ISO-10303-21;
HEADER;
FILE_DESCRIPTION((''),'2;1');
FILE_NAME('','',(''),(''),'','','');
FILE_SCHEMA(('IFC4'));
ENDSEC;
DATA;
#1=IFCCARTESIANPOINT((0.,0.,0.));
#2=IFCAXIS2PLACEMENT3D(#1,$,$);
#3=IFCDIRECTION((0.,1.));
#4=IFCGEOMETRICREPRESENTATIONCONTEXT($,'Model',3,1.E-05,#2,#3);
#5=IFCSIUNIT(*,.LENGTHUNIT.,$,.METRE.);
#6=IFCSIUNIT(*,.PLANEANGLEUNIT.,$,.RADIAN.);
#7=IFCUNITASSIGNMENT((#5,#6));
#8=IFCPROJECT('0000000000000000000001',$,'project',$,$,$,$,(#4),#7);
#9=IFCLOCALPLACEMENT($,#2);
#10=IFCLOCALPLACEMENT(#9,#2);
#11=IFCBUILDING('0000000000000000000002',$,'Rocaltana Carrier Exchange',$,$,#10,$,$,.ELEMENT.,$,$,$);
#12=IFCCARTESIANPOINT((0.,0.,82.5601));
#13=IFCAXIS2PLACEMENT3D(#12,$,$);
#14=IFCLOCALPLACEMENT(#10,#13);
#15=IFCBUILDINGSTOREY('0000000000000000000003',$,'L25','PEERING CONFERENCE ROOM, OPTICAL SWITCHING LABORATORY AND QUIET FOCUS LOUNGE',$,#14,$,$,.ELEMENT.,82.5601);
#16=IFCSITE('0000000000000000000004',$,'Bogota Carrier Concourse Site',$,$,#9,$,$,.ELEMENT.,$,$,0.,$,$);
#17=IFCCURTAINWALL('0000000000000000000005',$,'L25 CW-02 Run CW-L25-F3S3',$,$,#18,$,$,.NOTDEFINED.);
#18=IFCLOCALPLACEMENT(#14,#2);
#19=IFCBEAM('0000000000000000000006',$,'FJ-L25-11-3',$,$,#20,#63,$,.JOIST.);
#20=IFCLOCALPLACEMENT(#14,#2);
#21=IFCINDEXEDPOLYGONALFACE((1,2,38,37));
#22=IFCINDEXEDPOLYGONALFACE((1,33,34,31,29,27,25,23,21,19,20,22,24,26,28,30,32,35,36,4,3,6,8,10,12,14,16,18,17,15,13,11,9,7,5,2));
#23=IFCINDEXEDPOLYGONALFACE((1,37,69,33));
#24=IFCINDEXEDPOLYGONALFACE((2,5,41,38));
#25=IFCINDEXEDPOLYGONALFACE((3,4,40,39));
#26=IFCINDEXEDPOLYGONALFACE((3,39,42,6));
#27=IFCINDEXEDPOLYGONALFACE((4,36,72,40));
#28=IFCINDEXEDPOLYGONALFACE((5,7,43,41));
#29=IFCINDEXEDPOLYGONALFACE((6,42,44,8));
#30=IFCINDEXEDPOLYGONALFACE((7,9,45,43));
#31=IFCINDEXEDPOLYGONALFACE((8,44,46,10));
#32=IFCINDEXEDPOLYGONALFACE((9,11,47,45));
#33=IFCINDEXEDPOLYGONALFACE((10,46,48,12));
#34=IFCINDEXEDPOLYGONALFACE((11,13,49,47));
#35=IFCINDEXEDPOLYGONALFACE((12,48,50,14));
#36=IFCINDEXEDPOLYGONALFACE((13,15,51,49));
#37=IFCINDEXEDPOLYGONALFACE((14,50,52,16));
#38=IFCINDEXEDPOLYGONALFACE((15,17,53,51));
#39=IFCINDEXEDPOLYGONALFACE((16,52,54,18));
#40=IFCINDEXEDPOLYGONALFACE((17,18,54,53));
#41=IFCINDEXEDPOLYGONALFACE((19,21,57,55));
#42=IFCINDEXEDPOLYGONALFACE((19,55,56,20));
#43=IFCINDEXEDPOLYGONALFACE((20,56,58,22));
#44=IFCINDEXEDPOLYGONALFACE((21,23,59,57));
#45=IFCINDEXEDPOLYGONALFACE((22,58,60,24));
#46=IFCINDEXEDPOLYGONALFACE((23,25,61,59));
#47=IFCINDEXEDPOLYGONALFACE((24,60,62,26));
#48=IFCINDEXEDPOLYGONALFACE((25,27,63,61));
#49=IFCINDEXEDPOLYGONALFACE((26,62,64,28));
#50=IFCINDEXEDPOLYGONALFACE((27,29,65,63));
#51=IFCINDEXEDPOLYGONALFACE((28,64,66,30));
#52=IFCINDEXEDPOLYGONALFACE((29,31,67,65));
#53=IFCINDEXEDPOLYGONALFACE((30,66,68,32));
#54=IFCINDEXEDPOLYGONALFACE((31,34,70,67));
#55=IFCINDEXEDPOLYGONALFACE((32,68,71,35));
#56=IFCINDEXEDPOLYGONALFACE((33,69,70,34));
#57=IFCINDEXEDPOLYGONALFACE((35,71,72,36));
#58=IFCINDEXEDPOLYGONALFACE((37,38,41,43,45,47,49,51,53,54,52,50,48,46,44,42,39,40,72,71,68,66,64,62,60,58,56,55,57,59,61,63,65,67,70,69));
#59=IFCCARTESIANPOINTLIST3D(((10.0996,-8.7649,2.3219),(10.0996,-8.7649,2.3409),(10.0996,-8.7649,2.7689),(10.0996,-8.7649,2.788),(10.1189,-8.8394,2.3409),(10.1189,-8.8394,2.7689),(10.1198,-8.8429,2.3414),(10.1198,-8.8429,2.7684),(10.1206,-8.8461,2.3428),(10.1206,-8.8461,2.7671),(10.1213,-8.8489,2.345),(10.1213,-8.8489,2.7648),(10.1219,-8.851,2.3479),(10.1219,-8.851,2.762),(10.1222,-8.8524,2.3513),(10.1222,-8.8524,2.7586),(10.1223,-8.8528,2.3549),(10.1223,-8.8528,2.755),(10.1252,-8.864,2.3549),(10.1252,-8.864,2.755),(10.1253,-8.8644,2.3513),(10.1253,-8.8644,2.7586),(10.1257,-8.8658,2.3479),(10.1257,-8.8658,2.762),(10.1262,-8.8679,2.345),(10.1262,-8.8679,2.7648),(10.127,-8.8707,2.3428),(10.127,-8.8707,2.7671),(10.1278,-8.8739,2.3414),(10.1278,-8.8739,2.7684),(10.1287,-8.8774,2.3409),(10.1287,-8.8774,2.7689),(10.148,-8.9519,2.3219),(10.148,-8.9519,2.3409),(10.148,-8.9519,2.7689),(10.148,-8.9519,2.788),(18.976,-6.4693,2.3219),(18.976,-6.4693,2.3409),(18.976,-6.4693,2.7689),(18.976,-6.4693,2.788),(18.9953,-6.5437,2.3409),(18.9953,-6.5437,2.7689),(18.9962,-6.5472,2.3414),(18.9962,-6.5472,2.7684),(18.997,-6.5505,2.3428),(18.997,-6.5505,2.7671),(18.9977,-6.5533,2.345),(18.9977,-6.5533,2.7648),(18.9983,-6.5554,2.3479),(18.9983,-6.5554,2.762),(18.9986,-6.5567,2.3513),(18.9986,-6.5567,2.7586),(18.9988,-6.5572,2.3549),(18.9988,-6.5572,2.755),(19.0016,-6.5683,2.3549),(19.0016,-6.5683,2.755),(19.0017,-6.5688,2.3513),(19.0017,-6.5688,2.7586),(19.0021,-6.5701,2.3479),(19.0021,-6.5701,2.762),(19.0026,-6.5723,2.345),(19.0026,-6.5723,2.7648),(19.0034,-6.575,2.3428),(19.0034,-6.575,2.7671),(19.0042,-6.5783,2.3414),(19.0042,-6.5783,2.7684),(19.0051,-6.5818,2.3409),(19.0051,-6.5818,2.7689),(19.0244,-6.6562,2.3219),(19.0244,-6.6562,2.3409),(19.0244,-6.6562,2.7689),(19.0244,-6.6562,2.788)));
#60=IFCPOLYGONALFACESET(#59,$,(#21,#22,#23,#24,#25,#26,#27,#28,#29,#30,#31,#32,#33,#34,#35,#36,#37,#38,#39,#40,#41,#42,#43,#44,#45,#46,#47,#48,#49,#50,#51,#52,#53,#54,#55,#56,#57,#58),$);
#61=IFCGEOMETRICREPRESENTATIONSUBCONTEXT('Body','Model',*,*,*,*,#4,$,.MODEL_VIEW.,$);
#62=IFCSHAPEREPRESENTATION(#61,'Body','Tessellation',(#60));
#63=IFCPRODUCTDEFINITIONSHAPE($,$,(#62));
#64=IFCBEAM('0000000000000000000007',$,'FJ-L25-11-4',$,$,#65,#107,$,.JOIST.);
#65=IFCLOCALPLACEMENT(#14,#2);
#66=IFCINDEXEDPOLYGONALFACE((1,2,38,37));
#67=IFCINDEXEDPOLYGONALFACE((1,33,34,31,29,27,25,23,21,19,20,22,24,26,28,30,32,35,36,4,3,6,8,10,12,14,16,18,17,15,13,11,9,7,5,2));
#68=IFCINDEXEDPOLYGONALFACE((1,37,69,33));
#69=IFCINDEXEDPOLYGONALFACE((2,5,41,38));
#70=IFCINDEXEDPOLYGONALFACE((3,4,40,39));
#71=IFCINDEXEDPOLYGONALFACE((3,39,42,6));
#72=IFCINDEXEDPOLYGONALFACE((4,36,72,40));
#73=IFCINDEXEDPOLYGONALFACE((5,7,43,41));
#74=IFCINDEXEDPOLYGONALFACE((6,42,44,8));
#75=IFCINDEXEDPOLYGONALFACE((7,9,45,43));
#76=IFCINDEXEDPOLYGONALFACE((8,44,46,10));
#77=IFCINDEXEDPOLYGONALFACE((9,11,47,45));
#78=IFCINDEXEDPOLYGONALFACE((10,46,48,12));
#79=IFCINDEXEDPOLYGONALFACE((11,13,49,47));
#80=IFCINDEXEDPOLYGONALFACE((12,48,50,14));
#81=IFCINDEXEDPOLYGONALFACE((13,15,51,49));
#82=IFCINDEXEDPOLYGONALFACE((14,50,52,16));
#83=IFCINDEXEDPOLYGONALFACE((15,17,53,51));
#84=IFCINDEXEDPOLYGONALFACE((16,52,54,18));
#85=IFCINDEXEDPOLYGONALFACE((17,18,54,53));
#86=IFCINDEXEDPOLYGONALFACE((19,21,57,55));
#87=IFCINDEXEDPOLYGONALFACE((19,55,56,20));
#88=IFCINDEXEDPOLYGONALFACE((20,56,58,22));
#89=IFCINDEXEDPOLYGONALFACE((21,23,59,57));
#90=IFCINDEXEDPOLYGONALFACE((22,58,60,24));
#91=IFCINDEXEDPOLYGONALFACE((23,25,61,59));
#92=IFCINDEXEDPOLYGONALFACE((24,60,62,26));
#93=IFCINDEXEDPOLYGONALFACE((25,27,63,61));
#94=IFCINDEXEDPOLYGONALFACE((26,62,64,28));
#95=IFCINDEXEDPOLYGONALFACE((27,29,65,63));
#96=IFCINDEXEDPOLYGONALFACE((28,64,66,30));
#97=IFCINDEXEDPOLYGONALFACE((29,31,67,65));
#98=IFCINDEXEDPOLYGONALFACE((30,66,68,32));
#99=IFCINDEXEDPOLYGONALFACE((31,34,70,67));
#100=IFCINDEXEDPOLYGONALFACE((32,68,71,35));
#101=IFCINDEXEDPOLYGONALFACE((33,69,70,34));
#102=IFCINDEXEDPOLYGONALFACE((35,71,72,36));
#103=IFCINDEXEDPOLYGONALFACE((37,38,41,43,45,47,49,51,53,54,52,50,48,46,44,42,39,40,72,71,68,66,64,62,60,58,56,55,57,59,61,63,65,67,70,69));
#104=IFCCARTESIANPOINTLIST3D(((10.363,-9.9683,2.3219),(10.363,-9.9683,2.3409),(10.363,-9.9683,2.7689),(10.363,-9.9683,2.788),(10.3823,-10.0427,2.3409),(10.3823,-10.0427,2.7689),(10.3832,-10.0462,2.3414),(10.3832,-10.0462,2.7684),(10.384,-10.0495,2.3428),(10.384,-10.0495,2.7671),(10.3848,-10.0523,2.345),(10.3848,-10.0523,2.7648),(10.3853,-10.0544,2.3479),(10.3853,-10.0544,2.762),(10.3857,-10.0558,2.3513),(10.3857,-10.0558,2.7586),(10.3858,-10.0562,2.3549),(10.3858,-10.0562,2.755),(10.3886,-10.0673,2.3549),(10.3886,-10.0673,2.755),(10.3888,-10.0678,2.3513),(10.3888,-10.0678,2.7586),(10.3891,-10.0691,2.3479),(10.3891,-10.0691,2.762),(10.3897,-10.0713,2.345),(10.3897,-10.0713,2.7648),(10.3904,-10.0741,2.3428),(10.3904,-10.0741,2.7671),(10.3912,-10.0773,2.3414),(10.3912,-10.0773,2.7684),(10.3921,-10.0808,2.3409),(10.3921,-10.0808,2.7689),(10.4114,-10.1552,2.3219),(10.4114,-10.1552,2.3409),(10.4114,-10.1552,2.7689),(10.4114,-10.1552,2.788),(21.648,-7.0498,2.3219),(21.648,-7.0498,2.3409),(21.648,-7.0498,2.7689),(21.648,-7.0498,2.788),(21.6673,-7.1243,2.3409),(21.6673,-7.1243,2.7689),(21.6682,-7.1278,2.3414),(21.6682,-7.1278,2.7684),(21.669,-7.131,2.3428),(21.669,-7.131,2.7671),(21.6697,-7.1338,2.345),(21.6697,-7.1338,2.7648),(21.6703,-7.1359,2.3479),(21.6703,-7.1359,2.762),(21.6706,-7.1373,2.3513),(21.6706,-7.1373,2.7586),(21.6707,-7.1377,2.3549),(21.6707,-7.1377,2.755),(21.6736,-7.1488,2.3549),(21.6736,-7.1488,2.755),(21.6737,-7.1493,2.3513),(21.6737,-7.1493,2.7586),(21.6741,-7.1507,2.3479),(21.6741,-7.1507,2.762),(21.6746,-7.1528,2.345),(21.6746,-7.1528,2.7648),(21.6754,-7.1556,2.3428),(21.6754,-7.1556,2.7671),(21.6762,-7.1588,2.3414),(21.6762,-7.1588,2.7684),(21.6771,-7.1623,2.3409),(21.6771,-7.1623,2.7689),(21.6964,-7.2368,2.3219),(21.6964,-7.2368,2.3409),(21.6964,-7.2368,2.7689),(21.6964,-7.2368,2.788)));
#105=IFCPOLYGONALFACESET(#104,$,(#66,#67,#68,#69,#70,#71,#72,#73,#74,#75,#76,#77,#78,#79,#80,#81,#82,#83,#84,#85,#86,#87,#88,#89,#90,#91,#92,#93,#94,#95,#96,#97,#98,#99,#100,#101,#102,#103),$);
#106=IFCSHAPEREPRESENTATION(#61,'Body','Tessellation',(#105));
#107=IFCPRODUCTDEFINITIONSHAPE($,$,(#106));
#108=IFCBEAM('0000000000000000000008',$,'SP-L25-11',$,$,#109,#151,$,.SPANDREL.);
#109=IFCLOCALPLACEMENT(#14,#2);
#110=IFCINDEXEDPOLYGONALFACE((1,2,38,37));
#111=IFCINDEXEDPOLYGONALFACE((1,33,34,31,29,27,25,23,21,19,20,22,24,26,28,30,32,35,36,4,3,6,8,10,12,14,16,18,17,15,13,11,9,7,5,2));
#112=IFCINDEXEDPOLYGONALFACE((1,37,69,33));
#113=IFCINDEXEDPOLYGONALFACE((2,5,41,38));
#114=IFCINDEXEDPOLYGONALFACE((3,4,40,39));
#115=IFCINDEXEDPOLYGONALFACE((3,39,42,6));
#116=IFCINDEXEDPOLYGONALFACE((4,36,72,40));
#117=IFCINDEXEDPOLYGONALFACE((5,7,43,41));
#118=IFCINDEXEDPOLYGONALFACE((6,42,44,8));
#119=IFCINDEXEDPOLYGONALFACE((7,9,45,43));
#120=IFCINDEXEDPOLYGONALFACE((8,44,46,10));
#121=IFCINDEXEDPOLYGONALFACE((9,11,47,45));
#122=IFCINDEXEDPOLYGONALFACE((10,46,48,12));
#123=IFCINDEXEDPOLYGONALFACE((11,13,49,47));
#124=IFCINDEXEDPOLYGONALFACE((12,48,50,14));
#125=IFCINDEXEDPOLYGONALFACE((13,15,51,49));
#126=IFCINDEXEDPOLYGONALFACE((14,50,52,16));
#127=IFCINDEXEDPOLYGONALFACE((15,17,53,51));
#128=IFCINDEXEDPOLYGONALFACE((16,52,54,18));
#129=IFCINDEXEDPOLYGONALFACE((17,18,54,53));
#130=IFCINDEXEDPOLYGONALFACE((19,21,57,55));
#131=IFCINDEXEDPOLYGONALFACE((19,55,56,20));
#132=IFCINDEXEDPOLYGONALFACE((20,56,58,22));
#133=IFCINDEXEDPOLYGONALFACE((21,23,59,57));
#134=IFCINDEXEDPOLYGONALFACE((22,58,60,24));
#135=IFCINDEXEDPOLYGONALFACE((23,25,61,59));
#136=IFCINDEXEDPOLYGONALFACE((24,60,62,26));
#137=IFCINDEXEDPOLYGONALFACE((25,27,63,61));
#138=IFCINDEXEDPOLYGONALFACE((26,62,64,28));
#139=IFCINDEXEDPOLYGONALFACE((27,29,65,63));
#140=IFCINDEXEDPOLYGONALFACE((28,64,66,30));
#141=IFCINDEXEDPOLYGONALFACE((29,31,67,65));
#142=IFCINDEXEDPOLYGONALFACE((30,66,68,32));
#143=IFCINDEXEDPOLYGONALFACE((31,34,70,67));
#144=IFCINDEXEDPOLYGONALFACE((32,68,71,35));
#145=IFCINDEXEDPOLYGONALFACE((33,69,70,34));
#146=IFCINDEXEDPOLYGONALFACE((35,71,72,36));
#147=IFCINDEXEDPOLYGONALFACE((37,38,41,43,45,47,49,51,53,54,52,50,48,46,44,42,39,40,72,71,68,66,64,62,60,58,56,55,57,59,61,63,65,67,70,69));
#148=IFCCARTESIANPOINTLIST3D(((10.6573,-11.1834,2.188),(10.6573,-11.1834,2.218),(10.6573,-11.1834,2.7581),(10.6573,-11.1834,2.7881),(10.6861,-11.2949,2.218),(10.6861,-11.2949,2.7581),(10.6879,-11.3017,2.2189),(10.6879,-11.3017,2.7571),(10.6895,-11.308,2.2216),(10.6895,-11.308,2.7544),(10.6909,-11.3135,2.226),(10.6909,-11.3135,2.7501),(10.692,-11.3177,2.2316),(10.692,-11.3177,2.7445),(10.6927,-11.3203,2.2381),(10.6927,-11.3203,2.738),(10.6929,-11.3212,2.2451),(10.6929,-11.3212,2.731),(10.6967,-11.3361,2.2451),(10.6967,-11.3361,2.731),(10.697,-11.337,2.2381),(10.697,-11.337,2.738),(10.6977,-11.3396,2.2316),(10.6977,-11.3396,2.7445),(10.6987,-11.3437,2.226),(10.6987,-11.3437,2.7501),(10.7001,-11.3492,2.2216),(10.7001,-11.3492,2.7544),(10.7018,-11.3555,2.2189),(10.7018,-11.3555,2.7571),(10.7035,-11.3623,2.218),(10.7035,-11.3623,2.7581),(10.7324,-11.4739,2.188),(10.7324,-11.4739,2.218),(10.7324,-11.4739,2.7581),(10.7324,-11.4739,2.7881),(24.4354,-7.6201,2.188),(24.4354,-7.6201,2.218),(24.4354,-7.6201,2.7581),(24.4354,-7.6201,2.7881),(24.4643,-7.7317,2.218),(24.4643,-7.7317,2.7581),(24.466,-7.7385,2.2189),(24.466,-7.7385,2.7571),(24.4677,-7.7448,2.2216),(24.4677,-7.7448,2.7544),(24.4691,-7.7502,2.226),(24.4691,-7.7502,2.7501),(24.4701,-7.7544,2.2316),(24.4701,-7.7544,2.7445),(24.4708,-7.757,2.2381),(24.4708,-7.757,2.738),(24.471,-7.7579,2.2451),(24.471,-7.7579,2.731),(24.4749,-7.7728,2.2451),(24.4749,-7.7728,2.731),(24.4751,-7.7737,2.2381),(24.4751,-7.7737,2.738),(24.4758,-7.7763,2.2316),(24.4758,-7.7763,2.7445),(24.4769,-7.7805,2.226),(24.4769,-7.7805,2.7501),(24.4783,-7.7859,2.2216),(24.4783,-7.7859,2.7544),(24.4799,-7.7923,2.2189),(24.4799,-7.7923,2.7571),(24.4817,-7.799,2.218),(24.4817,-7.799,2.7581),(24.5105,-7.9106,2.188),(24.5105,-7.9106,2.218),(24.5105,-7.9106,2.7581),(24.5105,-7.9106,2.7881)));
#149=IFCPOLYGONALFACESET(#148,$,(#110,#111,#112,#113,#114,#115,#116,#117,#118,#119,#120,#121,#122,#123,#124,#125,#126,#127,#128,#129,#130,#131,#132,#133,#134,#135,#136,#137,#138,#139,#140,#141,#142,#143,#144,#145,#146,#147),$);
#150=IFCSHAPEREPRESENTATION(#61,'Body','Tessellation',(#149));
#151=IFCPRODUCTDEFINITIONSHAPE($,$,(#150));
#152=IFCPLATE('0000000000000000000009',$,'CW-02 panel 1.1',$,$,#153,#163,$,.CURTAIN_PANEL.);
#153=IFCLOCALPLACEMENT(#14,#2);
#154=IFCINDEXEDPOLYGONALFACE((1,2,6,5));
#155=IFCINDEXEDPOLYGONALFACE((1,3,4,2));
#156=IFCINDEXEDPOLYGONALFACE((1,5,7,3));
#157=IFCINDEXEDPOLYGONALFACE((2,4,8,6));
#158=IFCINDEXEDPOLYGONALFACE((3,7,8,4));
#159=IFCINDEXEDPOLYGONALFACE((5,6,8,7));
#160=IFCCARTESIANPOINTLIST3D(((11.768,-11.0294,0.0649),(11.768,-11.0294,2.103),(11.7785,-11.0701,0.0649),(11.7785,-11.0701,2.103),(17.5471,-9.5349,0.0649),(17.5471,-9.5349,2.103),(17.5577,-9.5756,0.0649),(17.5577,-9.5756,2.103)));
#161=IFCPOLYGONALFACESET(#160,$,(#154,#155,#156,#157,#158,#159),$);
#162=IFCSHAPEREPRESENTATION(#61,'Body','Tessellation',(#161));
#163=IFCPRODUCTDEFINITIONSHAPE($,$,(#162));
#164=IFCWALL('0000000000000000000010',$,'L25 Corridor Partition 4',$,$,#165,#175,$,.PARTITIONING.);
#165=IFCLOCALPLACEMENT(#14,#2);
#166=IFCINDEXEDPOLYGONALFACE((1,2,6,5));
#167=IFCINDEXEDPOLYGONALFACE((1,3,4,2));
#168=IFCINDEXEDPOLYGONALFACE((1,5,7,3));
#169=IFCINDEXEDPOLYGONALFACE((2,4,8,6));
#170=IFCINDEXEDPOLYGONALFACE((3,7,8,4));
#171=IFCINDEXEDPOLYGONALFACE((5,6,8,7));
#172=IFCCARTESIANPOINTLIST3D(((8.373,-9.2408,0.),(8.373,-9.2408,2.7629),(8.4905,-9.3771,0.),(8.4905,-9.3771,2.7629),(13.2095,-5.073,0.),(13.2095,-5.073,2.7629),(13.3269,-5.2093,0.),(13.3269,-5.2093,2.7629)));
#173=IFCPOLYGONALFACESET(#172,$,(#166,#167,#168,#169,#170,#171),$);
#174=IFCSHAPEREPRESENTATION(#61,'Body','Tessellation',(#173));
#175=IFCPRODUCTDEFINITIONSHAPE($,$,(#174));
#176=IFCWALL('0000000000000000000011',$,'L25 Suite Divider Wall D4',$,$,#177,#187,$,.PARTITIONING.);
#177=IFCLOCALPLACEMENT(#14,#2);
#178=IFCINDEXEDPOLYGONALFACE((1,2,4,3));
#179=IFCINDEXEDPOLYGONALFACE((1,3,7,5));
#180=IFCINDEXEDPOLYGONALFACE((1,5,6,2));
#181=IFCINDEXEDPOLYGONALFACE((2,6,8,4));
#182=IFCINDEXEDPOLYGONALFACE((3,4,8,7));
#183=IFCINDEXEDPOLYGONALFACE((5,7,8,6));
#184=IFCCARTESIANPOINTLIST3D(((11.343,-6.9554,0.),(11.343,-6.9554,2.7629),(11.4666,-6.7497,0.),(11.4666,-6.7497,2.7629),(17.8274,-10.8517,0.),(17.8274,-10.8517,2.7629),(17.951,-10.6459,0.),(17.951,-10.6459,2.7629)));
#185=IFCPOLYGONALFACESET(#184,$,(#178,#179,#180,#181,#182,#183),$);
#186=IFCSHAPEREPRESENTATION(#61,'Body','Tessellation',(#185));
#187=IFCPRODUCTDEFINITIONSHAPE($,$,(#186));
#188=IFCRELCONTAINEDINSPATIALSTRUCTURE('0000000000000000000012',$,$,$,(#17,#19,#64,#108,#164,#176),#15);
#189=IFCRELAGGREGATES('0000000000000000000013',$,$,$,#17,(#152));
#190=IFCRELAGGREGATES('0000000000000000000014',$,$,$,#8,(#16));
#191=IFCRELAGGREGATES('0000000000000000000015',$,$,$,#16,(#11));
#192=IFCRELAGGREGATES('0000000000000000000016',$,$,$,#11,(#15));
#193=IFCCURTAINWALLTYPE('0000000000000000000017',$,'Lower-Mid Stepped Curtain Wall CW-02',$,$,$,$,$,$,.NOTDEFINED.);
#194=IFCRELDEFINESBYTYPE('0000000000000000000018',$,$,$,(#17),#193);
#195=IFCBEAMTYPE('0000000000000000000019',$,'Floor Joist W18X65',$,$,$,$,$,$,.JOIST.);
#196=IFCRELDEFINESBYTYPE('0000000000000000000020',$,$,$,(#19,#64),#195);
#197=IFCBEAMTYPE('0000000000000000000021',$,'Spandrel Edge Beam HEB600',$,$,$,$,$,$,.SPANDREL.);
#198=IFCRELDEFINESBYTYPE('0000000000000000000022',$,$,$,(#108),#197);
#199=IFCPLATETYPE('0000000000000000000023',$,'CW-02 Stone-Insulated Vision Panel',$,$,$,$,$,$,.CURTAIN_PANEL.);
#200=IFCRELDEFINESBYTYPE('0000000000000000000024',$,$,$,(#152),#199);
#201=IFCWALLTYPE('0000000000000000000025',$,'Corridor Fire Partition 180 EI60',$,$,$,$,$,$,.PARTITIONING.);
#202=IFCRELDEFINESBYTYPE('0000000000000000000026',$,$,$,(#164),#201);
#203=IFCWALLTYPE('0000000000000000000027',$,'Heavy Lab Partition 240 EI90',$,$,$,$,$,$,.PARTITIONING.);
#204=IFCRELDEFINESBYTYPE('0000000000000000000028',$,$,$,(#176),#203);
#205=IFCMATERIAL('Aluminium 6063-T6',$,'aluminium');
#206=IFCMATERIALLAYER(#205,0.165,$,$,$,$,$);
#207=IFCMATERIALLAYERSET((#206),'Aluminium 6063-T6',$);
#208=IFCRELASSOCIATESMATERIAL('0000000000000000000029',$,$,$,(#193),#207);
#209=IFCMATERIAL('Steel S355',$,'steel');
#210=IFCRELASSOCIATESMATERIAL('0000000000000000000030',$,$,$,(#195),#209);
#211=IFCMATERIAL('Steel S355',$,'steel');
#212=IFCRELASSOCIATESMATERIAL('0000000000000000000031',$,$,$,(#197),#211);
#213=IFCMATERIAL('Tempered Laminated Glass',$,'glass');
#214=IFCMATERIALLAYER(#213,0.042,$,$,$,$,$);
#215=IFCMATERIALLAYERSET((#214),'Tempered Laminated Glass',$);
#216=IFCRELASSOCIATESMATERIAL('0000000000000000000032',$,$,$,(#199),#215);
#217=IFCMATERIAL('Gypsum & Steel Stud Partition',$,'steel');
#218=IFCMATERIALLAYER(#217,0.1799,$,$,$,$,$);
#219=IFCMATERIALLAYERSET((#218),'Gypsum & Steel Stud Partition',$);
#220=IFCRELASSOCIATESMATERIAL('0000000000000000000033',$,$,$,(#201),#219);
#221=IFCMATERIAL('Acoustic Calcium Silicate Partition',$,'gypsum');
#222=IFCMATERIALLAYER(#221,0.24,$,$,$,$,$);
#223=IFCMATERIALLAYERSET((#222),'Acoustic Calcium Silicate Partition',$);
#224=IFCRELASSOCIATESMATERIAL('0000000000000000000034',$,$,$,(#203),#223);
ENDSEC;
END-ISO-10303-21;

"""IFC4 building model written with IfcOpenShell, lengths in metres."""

from ifc_helpers import new_model, si_unit, direction, frame, frame_2d, origin, origin_2d, place, context, subcontext, project, spatial, rectangle, i_section, extrude, material, layer, layer_set, material_profile, profile_set, type_object, element, aggregate, save


model = new_model("IFC4")

# Units and contexts
model_context = context("Model", 3, precision=1e-05, world=origin(), true_north=direction((0.0, 1.0)))
body_context = subcontext(model_context, "Body", "Model", "MODEL_VIEW")
ifc_project = project(units=[si_unit("LENGTHUNIT", "METRE"), si_unit("PLANEANGLEUNIT", "RADIAN")], contexts=[model_context])

# Site, building, storey
site_placement = place(None, origin())
site = spatial("IfcSite", under=ifc_project, at=site_placement, Name="Bogota Carrier Concourse Site", CompositionType="ELEMENT", RefElevation=0.0)
building_placement = place(site_placement, origin())
building = spatial("IfcBuilding", under=site, at=building_placement, Name="Rocaltana Carrier Exchange", CompositionType="ELEMENT")
storey_placement = place(building_placement, frame((0.0, 0.0, 82.5601)))
storey = spatial("IfcBuildingStorey", under=building, at=storey_placement, Name="L25", Description="PEERING CONFERENCE ROOM, OPTICAL SWITCHING LABORATORY AND QUIET FOCUS LOUNGE", CompositionType="ELEMENT", Elevation=82.5601)

# Curtain wall
ifc_material_1 = material(Name="Aluminium 6063-T6", Category="aluminium")
ifc_layer_1 = layer(ifc_material_1, 0.165)
ifc_layer_set_1 = layer_set([ifc_layer_1], Name="Aluminium 6063-T6")
curtain_wall_type = type_object("IfcCurtainWallType", Name="Lower-Mid Stepped Curtain Wall CW-02", PredefinedType="NOTDEFINED", material=ifc_layer_set_1)
curtain_wall_placement = place(storey_placement, origin())
curtain_wall = element("IfcCurtainWall", 1, at=curtain_wall_placement, inside=storey, type_object=curtain_wall_type, Name="L25 CW-02 Run CW-L25-F3S3", PredefinedType="NOTDEFINED")

# Beams
ifc_material_2 = material(Name="Steel S355", Category="steel")
ifc_material_profile_1 = material_profile(ifc_material_2, i_section(OverallWidth=0.1931, OverallDepth=0.4661, WebThickness=0.0115, FlangeThickness=0.019, FilletRadius=0.0139, at=origin_2d()), Name="W18X65")
ifc_profile_set_1 = profile_set([ifc_material_profile_1], Name="Steel S355")
beam_type_1 = type_object("IfcBeamType", Name="Floor Joist W18X65", PredefinedType="JOIST", material=ifc_profile_set_1)
beam_1_placement = place(storey_placement, frame((10.1238, -8.8584, 2.5549), z_axis=(0.968146, 0.250385, 0.0), x_axis=(-0.250385, 0.968146, 0.0)))
element("IfcBeam", 2, at=beam_1_placement, inside=storey, type_object=beam_type_1, Name="FJ-L25-11-3", PredefinedType="JOIST", context=body_context, shape_type="SweptSolid", body=[
    extrude(i_section(OverallWidth=0.1931, OverallDepth=0.4661, WebThickness=0.0115, FlangeThickness=0.019, FilletRadius=0.0139, at=origin_2d()), origin(), (0.0, 0.0, 1.0), 9.1685),
])
beam_2_placement = place(storey_placement, frame((10.3872, -10.0618, 2.5549), z_axis=(0.968148, 0.250378, 0.0), x_axis=(-0.250378, 0.968148, 0.0)))
element("IfcBeam", 3, at=beam_2_placement, inside=storey, type_object=beam_type_1, Name="FJ-L25-11-4", PredefinedType="JOIST", context=body_context, shape_type="SweptSolid", body=[
    extrude(i_section(OverallWidth=0.1931, OverallDepth=0.4661, WebThickness=0.0115, FlangeThickness=0.019, FilletRadius=0.0139, at=origin_2d()), origin(), (0.0, 0.0, 1.0), 11.6562),
])
ifc_material_3 = material(Name="Steel S355", Category="steel")
ifc_material_profile_2 = material_profile(ifc_material_3, i_section(OverallWidth=0.3, OverallDepth=0.6001, WebThickness=0.0154, FlangeThickness=0.03, FilletRadius=0.0271, at=origin_2d()), Name="HEB600")
ifc_profile_set_2 = profile_set([ifc_material_profile_2], Name="Steel S355")
beam_type_2 = type_object("IfcBeamType", Name="Spandrel Edge Beam HEB600", PredefinedType="SPANDREL", material=ifc_profile_set_2)
beam_3_placement = place(storey_placement, frame((10.6948, -11.3286, 2.488), z_axis=(0.968148, 0.250379, 0.0), x_axis=(-0.250379, 0.968148, 0.0)))
element("IfcBeam", 4, at=beam_3_placement, inside=storey, type_object=beam_type_2, Name="SP-L25-11", PredefinedType="SPANDREL", context=body_context, shape_type="SweptSolid", body=[
    extrude(i_section(OverallWidth=0.3, OverallDepth=0.6001, WebThickness=0.0154, FlangeThickness=0.03, FilletRadius=0.0271, at=origin_2d()), origin(), (0.0, 0.0, 1.0), 14.2314),
])

# Plate
ifc_material_4 = material(Name="Tempered Laminated Glass", Category="glass")
ifc_layer_2 = layer(ifc_material_4, 0.042)
ifc_layer_set_2 = layer_set([ifc_layer_2], Name="Tempered Laminated Glass")
plate_type = type_object("IfcPlateType", Name="CW-02 Stone-Insulated Vision Panel", PredefinedType="CURTAIN_PANEL", material=ifc_layer_set_2)
plate_placement = place(storey_placement, frame((14.6628, -10.3025, 0.0649), z_axis=(0.0, 0.0, 1.0), x_axis=(0.96815, 0.25037, 0.0)))
plate = element("IfcPlate", 5, at=plate_placement, type_object=plate_type, Name="CW-02 panel 1.1", PredefinedType="CURTAIN_PANEL", context=body_context, shape_type="SweptSolid", body=[
    extrude(rectangle(XDim=5.9692, YDim=0.042, at=origin_2d()), origin(), (0.0, 0.0, 1.0), 2.0381),
])
aggregate(curtain_wall, [plate])

# Walls
ifc_material_5 = material(Name="Gypsum & Steel Stud Partition", Category="steel")
ifc_layer_3 = layer(ifc_material_5, 0.1799)
ifc_layer_set_3 = layer_set([ifc_layer_3], Name="Gypsum & Steel Stud Partition")
wall_type_1 = type_object("IfcWallType", Name="Corridor Fire Partition 180 EI60", PredefinedType="PARTITIONING", material=ifc_layer_set_3)
wall_1_placement = place(storey_placement, frame((13.2683, -5.1411, 0.0), z_axis=(0.0, 0.0, 1.0), x_axis=(-0.757535, -0.652795, 0.0)))
element("IfcWall", 6, at=wall_1_placement, inside=storey, type_object=wall_type_1, Name="L25 Corridor Partition 4", PredefinedType="PARTITIONING", context=body_context, shape_type="SweptSolid", body=[
    extrude(rectangle(XDim=6.3845, YDim=0.1799, at=frame_2d((3.1924, 0.0))), origin(), (0.0, 0.0, 1.0), 2.7629),
])
ifc_material_6 = material(Name="Acoustic Calcium Silicate Partition", Category="gypsum")
ifc_layer_4 = layer(ifc_material_6, 0.24)
ifc_layer_set_4 = layer_set([ifc_layer_4], Name="Acoustic Calcium Silicate Partition")
wall_type_2 = type_object("IfcWallType", Name="Heavy Lab Partition 240 EI90", PredefinedType="PARTITIONING", material=ifc_layer_set_4)
wall_2_placement = place(storey_placement, frame((11.4048, -6.8525, 0.0), z_axis=(0.0, 0.0, 1.0), x_axis=(0.857165, -0.515041, 0.0)))
element("IfcWall", 7, at=wall_2_placement, inside=storey, type_object=wall_type_2, Name="L25 Suite Divider Wall D4", PredefinedType="PARTITIONING", context=body_context, shape_type="SweptSolid", body=[
    extrude(rectangle(XDim=7.5649, YDim=0.24, at=frame_2d((3.7825, 0.0))), origin(), (0.0, 0.0, 1.0), 2.7629),
])

save(model, "model.ifc")
